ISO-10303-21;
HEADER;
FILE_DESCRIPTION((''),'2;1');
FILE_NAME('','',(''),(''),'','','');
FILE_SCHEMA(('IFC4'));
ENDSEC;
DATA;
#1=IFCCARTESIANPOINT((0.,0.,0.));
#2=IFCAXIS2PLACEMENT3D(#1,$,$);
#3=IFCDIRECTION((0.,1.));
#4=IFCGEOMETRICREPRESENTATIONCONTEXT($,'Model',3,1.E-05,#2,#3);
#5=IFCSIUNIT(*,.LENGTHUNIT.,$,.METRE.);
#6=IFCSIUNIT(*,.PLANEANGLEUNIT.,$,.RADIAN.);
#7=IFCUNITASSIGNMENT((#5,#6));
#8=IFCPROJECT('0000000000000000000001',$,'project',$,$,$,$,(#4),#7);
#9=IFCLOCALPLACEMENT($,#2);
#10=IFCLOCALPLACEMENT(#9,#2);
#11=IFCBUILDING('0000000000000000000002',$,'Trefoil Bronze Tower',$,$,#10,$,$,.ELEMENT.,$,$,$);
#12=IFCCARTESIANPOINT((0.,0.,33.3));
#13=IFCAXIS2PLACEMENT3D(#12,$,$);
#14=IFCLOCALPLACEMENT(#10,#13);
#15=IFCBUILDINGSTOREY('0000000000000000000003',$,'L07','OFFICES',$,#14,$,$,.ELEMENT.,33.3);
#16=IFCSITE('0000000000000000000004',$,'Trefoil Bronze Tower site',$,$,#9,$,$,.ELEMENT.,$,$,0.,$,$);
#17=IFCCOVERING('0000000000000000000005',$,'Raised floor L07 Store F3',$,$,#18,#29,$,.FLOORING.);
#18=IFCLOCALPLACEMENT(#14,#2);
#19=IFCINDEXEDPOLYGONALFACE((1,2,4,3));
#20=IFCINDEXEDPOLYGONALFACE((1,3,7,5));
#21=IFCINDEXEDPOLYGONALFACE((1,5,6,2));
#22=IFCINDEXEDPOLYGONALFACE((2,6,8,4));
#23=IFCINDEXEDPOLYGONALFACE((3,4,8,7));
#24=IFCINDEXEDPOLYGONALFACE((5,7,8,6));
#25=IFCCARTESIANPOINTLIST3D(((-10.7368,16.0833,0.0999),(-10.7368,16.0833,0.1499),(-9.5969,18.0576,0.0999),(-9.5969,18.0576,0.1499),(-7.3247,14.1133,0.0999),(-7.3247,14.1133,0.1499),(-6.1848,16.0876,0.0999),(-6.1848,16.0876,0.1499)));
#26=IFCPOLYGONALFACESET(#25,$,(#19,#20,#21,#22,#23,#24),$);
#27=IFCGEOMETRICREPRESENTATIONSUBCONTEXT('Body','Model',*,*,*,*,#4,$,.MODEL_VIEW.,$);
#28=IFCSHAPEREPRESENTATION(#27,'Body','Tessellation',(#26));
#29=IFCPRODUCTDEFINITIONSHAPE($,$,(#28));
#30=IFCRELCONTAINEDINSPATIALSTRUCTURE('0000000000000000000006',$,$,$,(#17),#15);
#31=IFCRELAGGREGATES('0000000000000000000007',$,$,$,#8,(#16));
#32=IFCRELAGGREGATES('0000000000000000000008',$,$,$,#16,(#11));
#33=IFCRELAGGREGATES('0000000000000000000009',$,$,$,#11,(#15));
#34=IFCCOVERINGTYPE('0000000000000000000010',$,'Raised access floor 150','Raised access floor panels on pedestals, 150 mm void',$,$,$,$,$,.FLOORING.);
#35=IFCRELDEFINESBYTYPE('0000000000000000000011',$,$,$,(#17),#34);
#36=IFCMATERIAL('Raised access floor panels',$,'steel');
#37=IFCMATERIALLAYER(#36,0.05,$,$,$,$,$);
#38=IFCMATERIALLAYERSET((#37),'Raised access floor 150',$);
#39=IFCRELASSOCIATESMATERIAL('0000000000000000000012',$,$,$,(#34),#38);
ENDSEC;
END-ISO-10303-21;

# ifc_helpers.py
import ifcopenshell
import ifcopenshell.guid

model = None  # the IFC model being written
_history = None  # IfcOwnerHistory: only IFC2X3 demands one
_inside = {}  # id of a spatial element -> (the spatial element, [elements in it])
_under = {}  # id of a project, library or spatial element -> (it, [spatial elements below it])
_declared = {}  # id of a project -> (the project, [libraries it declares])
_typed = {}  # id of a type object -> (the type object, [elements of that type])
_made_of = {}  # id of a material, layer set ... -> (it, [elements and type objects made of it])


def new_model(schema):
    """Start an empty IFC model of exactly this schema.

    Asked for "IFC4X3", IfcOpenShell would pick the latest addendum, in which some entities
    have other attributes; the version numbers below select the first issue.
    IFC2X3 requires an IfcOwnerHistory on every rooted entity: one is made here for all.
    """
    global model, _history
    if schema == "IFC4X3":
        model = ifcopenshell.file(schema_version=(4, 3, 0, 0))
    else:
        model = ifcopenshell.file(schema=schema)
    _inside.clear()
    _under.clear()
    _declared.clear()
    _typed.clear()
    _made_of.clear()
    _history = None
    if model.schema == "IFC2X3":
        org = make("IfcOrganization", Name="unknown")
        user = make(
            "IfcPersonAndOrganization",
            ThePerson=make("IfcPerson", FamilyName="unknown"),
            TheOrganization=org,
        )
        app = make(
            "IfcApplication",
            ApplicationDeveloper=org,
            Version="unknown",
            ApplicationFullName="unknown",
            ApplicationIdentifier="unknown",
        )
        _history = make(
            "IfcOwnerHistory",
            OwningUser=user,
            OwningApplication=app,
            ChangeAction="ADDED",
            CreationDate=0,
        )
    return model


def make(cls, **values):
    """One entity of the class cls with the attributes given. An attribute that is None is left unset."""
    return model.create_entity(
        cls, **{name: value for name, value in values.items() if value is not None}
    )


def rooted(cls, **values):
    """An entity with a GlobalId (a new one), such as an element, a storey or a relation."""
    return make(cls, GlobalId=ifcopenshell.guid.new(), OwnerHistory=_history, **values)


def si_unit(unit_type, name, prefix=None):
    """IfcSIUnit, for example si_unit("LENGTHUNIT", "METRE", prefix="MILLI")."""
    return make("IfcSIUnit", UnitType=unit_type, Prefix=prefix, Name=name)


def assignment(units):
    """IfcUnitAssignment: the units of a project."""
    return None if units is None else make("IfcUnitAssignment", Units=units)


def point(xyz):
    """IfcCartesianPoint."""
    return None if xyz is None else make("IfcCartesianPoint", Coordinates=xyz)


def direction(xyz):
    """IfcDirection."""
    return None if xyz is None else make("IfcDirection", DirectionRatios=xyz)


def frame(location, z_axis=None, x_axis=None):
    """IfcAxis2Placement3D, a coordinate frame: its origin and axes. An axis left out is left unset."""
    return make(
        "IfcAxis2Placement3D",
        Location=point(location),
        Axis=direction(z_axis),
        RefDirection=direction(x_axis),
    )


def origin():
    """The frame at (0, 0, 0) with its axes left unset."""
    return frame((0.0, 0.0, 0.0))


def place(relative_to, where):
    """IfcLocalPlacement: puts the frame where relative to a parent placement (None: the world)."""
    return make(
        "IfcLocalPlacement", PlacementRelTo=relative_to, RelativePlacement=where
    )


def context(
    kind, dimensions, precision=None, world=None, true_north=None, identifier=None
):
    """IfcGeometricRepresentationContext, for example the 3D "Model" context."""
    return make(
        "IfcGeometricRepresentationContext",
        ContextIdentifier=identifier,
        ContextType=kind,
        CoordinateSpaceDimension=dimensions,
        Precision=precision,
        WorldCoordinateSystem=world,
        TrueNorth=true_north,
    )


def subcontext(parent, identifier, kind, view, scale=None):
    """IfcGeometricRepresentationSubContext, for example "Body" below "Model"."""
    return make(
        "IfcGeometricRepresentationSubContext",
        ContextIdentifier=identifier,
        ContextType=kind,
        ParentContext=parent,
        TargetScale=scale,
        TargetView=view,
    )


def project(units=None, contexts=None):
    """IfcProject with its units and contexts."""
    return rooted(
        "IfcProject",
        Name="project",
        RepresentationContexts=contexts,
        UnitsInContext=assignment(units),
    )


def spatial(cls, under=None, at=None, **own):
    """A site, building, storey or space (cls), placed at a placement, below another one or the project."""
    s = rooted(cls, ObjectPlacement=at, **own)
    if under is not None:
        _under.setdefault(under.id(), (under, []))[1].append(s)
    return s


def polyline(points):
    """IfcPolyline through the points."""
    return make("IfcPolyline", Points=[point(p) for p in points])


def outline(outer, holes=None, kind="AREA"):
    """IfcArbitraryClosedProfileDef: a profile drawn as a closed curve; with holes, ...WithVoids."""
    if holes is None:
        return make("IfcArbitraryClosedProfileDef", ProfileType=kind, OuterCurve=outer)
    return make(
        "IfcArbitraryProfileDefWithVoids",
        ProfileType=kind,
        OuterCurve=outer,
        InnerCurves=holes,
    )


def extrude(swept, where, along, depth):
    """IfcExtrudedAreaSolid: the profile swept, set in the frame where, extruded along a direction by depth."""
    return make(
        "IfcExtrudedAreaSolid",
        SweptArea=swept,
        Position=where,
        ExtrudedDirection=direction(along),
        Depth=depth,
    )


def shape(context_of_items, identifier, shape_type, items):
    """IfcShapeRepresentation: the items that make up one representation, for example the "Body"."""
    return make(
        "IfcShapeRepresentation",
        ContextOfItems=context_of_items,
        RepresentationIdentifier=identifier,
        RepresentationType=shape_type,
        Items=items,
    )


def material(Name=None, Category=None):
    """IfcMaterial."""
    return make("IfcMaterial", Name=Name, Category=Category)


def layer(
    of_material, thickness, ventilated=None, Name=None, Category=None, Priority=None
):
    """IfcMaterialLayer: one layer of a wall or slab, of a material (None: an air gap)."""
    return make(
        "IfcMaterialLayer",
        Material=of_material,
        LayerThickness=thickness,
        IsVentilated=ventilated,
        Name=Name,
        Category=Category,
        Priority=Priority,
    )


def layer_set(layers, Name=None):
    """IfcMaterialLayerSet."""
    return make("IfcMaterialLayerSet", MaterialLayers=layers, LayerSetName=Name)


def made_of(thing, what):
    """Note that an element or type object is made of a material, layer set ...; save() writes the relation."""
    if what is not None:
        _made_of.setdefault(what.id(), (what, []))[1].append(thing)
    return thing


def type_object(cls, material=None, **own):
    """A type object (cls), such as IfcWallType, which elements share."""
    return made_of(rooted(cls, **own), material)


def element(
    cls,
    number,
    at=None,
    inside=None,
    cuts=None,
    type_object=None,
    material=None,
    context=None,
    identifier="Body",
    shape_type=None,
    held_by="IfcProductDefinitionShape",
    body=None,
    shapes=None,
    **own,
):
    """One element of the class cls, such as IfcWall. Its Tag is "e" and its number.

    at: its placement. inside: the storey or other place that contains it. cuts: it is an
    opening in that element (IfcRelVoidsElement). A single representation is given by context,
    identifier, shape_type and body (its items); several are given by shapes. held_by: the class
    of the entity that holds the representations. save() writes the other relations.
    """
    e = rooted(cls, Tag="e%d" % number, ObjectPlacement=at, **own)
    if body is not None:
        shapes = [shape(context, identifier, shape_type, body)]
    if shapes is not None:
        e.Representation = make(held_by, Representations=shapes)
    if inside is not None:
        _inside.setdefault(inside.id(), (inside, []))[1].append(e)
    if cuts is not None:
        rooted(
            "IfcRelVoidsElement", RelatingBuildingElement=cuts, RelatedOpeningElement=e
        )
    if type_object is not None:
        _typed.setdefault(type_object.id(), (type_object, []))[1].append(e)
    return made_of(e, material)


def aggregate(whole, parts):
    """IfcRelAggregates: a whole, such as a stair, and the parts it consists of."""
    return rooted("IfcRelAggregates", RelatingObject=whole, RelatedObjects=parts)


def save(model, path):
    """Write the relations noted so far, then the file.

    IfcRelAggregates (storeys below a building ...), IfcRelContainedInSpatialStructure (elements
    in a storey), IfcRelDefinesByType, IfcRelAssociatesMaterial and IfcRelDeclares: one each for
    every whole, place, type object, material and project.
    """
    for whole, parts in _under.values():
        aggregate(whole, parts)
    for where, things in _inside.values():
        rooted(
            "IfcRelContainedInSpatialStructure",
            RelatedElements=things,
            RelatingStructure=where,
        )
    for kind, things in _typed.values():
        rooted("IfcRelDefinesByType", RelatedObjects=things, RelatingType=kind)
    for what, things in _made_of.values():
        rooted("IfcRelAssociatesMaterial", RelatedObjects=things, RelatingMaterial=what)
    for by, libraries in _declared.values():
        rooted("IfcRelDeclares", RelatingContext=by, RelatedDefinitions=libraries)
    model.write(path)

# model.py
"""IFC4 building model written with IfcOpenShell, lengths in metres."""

from ifc_helpers import new_model, si_unit, direction, frame, origin, place, context, subcontext, project, spatial, polyline, outline, extrude, material, layer, layer_set, type_object, element, save


model = new_model("IFC4")

# Units and contexts
model_context = context("Model", 3, precision=1e-05, world=origin(), true_north=direction((0.0, 1.0)))
body_context = subcontext(model_context, "Body", "Model", "MODEL_VIEW")
ifc_project = project(units=[si_unit("LENGTHUNIT", "METRE"), si_unit("PLANEANGLEUNIT", "RADIAN")], contexts=[model_context])

# Site, building, storey
site_placement = place(None, origin())
site = spatial("IfcSite", under=ifc_project, at=site_placement, Name="Trefoil Bronze Tower site", CompositionType="ELEMENT", RefElevation=0.0)
building_placement = place(site_placement, origin())
building = spatial("IfcBuilding", under=site, at=building_placement, Name="Trefoil Bronze Tower", CompositionType="ELEMENT")
storey_placement = place(building_placement, frame((0.0, 0.0, 33.3)))
storey = spatial("IfcBuildingStorey", under=building, at=storey_placement, Name="L07", Description="OFFICES", CompositionType="ELEMENT", Elevation=33.3)

# Covering
ifc_material_1 = material(Name="Raised access floor panels", Category="steel")
ifc_layer_1 = layer(ifc_material_1, 0.05)
ifc_layer_set_1 = layer_set([ifc_layer_1], Name="Raised access floor 150")
covering_type_1 = type_object("IfcCoveringType", Name="Raised access floor 150", Description="Raised access floor panels on pedestals, 150 mm void", PredefinedType="FLOORING", material=ifc_layer_set_1)
covering_1_placement = place(storey_placement, frame((0.0, 0.0, 0.0999)))
element("IfcCovering", 1, at=covering_1_placement, inside=storey, type_object=covering_type_1, Name="Raised floor L07 Store F3", PredefinedType="FLOORING", context=body_context, shape_type="SweptSolid", body=[
    extrude(outline(polyline([(-7.3247, 14.1133), (-10.7368, 16.0833), (-9.5969, 18.0576), (-6.1848, 16.0876), (-7.3247, 14.1133)])), origin(), (0.0, 0.0, 1.0), 0.05),
])

save(model, "model.ifc")
